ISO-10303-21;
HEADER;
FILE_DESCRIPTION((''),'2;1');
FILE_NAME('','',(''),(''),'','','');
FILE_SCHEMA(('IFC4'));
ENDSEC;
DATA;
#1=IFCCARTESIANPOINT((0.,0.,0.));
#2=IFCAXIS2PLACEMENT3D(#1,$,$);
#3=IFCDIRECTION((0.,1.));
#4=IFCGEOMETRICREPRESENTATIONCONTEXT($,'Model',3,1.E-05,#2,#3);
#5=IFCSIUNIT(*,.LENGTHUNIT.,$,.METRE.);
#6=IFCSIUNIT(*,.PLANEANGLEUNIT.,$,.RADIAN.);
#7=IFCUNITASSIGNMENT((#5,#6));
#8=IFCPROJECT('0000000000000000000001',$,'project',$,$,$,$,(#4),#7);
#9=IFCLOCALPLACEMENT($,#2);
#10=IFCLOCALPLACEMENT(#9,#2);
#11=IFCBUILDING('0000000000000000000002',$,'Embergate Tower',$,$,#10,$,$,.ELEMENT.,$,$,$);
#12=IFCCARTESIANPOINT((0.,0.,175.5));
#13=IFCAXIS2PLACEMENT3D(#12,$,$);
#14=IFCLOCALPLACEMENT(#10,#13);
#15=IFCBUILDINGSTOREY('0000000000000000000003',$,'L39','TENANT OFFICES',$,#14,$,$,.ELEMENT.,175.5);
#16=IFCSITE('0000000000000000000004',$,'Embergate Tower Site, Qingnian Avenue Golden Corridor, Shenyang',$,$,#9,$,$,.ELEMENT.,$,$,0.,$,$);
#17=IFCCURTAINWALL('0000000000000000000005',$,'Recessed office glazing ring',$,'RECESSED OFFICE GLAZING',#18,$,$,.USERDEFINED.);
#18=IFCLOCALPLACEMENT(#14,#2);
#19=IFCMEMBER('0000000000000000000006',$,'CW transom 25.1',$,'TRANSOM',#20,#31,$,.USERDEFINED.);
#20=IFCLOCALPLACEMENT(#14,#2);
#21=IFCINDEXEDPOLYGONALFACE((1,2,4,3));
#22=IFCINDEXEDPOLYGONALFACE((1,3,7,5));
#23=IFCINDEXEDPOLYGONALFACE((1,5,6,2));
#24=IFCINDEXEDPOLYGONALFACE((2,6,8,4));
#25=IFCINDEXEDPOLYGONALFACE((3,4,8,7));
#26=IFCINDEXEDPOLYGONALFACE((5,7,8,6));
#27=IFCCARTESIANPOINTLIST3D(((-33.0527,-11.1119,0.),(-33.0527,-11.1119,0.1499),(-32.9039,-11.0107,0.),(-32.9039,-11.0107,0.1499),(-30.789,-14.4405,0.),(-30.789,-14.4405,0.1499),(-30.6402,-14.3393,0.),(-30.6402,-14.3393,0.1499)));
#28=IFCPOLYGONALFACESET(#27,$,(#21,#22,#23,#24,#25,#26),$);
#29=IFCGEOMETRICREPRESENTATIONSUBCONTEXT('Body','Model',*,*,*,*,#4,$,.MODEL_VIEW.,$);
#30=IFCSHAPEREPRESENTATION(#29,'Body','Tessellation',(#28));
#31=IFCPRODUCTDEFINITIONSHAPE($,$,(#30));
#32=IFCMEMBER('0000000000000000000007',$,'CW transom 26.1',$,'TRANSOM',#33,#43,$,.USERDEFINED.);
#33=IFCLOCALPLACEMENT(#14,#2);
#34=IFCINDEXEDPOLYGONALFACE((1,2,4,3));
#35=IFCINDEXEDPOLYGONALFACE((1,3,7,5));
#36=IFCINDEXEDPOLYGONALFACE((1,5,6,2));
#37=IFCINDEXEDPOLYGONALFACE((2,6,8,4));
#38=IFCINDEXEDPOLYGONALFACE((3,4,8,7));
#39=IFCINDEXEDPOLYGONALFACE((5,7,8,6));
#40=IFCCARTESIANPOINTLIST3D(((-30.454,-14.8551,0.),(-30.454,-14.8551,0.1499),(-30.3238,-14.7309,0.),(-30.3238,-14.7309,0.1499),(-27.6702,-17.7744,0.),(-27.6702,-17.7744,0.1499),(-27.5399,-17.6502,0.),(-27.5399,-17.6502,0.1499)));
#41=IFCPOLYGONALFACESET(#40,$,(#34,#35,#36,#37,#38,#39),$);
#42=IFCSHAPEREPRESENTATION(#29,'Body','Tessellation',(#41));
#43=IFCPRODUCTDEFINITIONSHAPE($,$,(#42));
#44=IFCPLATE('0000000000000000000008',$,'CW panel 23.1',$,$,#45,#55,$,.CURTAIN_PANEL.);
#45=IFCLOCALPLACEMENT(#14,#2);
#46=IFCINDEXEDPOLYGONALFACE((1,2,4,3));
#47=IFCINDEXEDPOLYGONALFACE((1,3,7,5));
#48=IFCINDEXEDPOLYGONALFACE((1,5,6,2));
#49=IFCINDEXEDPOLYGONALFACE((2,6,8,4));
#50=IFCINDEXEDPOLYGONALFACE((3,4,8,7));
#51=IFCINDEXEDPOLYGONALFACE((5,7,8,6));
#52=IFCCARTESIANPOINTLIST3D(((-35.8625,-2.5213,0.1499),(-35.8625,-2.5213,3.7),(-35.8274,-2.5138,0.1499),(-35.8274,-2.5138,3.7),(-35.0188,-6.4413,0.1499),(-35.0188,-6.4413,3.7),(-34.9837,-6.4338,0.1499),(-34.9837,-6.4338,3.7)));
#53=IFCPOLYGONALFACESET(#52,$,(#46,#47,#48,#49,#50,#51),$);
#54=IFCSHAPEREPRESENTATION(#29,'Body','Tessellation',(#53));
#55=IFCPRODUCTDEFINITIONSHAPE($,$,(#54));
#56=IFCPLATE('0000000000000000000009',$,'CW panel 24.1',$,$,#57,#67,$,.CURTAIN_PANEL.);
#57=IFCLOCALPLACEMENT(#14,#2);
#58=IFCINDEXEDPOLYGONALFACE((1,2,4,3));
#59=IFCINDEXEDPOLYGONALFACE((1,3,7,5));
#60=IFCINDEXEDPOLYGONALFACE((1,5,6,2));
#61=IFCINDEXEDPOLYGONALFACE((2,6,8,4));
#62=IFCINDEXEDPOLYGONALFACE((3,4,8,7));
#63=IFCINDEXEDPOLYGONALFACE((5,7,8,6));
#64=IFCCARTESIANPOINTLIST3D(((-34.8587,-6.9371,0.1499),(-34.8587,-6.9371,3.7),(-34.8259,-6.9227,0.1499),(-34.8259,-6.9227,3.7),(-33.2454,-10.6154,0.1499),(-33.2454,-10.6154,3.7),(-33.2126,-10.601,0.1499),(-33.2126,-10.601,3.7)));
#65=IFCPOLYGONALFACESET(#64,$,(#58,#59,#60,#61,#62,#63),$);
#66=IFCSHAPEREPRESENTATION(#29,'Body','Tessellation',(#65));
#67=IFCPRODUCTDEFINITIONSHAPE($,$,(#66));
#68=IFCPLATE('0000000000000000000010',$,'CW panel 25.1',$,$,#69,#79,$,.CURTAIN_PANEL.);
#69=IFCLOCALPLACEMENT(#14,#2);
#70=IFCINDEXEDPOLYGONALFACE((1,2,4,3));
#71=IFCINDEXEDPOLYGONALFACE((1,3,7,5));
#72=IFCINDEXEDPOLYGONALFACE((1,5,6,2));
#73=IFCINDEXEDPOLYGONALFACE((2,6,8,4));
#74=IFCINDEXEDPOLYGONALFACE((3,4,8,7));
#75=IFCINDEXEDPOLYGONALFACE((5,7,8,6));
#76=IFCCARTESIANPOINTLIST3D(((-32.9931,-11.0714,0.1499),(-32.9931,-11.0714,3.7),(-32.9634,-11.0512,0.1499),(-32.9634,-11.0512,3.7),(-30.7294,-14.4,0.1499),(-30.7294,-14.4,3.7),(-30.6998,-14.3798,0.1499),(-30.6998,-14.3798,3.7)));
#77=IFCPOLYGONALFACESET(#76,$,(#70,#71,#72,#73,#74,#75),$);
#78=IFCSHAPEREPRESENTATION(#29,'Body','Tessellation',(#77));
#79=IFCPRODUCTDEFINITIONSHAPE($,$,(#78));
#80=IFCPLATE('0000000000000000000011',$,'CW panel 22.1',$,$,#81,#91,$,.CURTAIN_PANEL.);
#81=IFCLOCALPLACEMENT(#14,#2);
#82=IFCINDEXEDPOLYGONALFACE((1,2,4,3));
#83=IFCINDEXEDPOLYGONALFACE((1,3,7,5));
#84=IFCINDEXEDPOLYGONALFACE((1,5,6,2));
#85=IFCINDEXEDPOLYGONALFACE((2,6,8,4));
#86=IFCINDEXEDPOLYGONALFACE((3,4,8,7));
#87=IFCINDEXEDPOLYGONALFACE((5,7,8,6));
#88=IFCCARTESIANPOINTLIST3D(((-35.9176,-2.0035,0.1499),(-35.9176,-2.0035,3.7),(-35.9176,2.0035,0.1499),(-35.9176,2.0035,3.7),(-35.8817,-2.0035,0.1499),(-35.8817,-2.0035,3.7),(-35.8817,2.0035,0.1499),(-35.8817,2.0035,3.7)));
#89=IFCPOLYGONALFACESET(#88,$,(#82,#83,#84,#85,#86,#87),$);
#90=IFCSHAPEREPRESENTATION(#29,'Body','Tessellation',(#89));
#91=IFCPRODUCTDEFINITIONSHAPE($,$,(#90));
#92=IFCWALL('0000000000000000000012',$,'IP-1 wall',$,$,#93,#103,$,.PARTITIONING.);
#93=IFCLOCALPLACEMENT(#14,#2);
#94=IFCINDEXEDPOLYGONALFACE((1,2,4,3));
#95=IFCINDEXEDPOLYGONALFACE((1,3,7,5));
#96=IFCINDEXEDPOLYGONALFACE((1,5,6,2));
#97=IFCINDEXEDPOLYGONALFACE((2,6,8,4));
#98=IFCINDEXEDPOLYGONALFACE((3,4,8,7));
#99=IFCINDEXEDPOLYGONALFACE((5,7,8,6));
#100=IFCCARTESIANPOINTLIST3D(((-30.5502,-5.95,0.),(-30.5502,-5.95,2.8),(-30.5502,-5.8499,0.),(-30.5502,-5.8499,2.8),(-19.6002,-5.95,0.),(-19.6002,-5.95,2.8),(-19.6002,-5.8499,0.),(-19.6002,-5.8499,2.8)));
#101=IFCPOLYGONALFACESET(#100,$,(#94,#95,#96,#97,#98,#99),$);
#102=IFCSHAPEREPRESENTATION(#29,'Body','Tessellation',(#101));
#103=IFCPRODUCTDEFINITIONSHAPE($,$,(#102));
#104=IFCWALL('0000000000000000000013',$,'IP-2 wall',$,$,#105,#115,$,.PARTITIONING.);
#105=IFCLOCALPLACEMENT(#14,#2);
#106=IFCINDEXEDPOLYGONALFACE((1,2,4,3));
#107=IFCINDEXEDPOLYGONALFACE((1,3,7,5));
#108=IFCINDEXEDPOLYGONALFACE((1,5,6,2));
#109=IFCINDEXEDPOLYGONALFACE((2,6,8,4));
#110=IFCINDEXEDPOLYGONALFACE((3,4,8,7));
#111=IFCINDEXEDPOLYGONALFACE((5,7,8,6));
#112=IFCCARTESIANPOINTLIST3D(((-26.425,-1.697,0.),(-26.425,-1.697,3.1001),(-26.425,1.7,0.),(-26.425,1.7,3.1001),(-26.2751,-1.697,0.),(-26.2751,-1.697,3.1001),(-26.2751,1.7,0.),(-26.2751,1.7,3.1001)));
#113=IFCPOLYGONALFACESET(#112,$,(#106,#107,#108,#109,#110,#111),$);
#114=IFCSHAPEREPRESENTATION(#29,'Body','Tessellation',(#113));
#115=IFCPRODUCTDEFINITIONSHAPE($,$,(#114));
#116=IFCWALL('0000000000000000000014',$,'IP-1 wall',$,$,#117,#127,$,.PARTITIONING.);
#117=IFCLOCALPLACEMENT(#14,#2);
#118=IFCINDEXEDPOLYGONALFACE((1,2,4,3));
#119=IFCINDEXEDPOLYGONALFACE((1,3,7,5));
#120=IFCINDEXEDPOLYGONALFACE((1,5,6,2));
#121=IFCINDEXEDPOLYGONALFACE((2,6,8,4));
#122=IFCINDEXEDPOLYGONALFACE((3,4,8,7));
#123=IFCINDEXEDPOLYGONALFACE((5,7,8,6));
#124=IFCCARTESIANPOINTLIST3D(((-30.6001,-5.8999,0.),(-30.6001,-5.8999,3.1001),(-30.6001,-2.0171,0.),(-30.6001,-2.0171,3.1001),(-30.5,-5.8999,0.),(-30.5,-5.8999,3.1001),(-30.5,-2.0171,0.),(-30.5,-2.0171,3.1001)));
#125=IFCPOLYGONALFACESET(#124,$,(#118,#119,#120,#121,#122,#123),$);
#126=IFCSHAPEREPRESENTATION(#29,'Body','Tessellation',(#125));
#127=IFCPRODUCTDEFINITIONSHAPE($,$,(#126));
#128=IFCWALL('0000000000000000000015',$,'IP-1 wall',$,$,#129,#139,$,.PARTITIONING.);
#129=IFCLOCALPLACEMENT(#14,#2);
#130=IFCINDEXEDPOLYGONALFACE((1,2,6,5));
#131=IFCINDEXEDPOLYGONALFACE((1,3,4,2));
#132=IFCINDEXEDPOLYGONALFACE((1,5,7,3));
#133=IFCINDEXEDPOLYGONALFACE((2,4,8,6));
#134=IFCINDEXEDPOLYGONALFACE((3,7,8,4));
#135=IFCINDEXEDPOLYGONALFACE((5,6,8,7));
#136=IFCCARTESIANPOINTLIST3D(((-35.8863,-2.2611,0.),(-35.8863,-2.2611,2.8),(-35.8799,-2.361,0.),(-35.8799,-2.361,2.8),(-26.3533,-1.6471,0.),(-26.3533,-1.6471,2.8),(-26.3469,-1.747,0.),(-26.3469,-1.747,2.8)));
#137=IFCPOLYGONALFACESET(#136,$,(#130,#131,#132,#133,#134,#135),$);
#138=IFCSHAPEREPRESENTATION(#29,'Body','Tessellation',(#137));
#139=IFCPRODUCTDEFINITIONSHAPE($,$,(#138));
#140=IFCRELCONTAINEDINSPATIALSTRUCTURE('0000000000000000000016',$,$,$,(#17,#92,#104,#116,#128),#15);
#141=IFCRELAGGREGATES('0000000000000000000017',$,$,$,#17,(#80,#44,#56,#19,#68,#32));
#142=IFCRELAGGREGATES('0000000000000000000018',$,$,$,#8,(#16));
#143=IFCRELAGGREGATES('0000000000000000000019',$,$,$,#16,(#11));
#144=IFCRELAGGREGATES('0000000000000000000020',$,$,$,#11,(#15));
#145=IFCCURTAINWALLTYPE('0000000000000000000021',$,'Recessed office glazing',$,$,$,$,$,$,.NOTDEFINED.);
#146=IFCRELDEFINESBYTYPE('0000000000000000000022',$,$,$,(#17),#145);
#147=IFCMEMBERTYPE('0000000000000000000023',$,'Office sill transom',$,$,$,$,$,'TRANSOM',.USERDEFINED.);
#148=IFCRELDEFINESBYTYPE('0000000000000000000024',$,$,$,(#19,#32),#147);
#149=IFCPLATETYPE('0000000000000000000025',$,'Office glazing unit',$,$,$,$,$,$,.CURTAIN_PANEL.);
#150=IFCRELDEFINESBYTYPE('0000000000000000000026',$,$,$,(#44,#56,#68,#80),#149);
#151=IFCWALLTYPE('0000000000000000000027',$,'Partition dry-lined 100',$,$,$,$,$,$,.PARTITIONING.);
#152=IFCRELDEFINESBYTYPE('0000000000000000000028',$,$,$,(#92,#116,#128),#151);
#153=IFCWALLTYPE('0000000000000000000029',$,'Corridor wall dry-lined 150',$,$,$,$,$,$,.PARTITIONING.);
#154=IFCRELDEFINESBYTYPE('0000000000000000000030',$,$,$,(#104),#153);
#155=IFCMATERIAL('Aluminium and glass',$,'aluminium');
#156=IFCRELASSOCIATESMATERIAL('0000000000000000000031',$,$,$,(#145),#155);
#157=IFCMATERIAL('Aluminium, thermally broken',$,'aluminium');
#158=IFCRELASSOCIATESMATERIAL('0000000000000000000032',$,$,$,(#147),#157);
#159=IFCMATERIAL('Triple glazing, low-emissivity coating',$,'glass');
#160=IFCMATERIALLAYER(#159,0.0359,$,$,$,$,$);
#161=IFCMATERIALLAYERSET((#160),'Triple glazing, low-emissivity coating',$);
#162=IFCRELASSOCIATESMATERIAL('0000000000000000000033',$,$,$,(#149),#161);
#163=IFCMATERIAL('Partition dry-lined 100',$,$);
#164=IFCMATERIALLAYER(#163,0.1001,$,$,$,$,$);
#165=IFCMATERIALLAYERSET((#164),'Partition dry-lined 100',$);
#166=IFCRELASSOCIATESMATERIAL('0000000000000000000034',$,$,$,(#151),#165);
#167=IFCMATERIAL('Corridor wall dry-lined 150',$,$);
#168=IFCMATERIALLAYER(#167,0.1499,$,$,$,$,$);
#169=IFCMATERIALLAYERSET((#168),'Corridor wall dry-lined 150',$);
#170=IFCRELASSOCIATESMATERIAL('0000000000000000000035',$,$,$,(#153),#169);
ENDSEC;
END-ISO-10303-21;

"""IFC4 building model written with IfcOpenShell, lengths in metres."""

from ifc_helpers import new_model, si_unit, direction, frame, frame_2d, origin, origin_2d, place, context, subcontext, project, spatial, rectangle, extrude, source, transform, mapped, material, layer, layer_set, material_profile, profile_set, type_object, element, aggregate, save


model = new_model("IFC4")

# Units and contexts
model_context = context("Model", 3, precision=1e-05, world=origin(), true_north=direction((0.0, 1.0)))
body_context = subcontext(model_context, "Body", "Model", "MODEL_VIEW")
ifc_project = project(units=[si_unit("LENGTHUNIT", "METRE"), si_unit("PLANEANGLEUNIT", "RADIAN")], contexts=[model_context])

# Site, building, storey
site_placement = place(None, origin())
site = spatial("IfcSite", under=ifc_project, at=site_placement, Name="Embergate Tower Site, Qingnian Avenue Golden Corridor, Shenyang", CompositionType="ELEMENT", RefElevation=0.0)
building_placement = place(site_placement, origin())
building = spatial("IfcBuilding", under=site, at=building_placement, Name="Embergate Tower", CompositionType="ELEMENT")
storey_placement = place(building_placement, frame((0.0, 0.0, 175.5)))
storey = spatial("IfcBuildingStorey", under=building, at=storey_placement, Name="L39", Description="TENANT OFFICES", CompositionType="ELEMENT", Elevation=175.5)

# Curtain wall, members, plates
ifc_material_1 = material(Name="Aluminium and glass", Category="aluminium")
curtain_wall_type = type_object("IfcCurtainWallType", Name="Recessed office glazing", PredefinedType="NOTDEFINED", material=ifc_material_1)
curtain_wall_placement = place(storey_placement, origin())
curtain_wall = element("IfcCurtainWall", 1, at=curtain_wall_placement, inside=storey, type_object=curtain_wall_type, Name="Recessed office glazing ring", ObjectType="RECESSED OFFICE GLAZING", PredefinedType="USERDEFINED")
ifc_material_2 = material(Name="Aluminium, thermally broken", Category="aluminium")
ifc_material_profile_1 = material_profile(ifc_material_2, rectangle(XDim=0.1799, YDim=0.1499, at=origin_2d()), Name="AL 150x180")
ifc_profile_set_1 = profile_set([ifc_material_profile_1], Name="Aluminium, thermally broken")
member_type_1 = type_object("IfcMemberType", Name="Office sill transom", ElementType="TRANSOM", PredefinedType="USERDEFINED", material=ifc_profile_set_1)
shared_shape_1 = source(origin(), body_context, "Body", "SweptSolid", [
    extrude(rectangle(XDim=0.1799, YDim=0.1499, at=origin_2d()), origin(), (0.0, 0.0, 1.0), 4.0254),
])
member_1_placement = place(storey_placement, frame((-32.9783, -11.0613, 0.075), z_axis=(0.562347, -0.826902, 0.0), x_axis=(0.826902, 0.562347, 0.0)))
member_1 = element("IfcMember", 2, at=member_1_placement, type_object=member_type_1, Name="CW transom 25.1", ObjectType="TRANSOM", PredefinedType="USERDEFINED", context=body_context, shape_type="MappedRepresentation", body=[
    mapped(shared_shape_1, transform((0.0, 0.0, 0.0))),
])
shared_shape_2 = source(origin(), body_context, "Body", "SweptSolid", [
    extrude(rectangle(XDim=0.1799, YDim=0.1499, at=origin_2d()), origin(), (0.0, 0.0, 1.0), 4.0339),
])
member_2_placement = place(storey_placement, frame((-30.3889, -14.793, 0.075), z_axis=(0.690113, -0.723702, 0.0), x_axis=(0.723702, 0.690113, 0.0)))
member_2 = element("IfcMember", 3, at=member_2_placement, type_object=member_type_1, Name="CW transom 26.1", ObjectType="TRANSOM", PredefinedType="USERDEFINED", context=body_context, shape_type="MappedRepresentation", body=[
    mapped(shared_shape_2, transform((0.0, 0.0, 0.0))),
])
ifc_material_3 = material(Name="Triple glazing, low-emissivity coating", Category="glass")
ifc_layer_1 = layer(ifc_material_3, 0.0359)
ifc_layer_set_1 = layer_set([ifc_layer_1], Name="Triple glazing, low-emissivity coating")
plate_type = type_object("IfcPlateType", Name="Office glazing unit", PredefinedType="CURTAIN_PANEL", material=ifc_layer_set_1)
shared_shape_3 = source(origin(), body_context, "Body", "SweptSolid", [
    extrude(rectangle(XDim=4.0098, YDim=0.0359, at=origin_2d()), origin(), (0.0, 0.0, 1.0), 3.55),
])
plate_1_placement = place(storey_placement, frame((-35.4231, -4.4775, 0.1499), z_axis=(0.0, 0.0, 1.0), x_axis=(0.210402, -0.977615, 0.0)))
plate_1 = element("IfcPlate", 4, at=plate_1_placement, type_object=plate_type, Name="CW panel 23.1", PredefinedType="CURTAIN_PANEL", context=body_context, shape_type="MappedRepresentation", body=[
    mapped(shared_shape_3, transform((0.0, 0.0, 0.0))),
])
shared_shape_4 = source(origin(), body_context, "Body", "SweptSolid", [
    extrude(rectangle(XDim=4.0166, YDim=0.0359, at=origin_2d()), origin(), (0.0, 0.0, 1.0), 3.55),
])
plate_2_placement = place(storey_placement, frame((-34.0356, -8.769, 0.1499), z_axis=(0.0, 0.0, 1.0), x_axis=(0.401658, -0.91579, 0.0)))
plate_2 = element("IfcPlate", 5, at=plate_2_placement, type_object=plate_type, Name="CW panel 24.1", PredefinedType="CURTAIN_PANEL", context=body_context, shape_type="MappedRepresentation", body=[
    mapped(shared_shape_4, transform((0.0, 0.0, 0.0))),
])
shared_shape_5 = source(origin(), body_context, "Body", "SweptSolid", [
    extrude(rectangle(XDim=4.0254, YDim=0.0359, at=origin_2d()), origin(), (0.0, 0.0, 1.0), 3.55),
])
plate_3_placement = place(storey_placement, frame((-31.8464, -12.7256, 0.1499), z_axis=(0.0, 0.0, 1.0), x_axis=(0.562348, -0.826901, 0.0)))
plate_3 = element("IfcPlate", 6, at=plate_3_placement, type_object=plate_type, Name="CW panel 25.1", PredefinedType="CURTAIN_PANEL", context=body_context, shape_type="MappedRepresentation", body=[
    mapped(shared_shape_5, transform((0.0, 0.0, 0.0))),
])
shared_shape_6 = source(origin(), body_context, "Body", "SweptSolid", [
    extrude(rectangle(XDim=4.0071, YDim=0.0359, at=origin_2d()), origin(), (0.0, 0.0, 1.0), 3.55),
])
plate_4_placement = place(storey_placement, frame((-35.8997, 0.0, 0.1499), z_axis=(0.0, 0.0, 1.0), x_axis=(0.0, -1.0, 0.0)))
plate_4 = element("IfcPlate", 7, at=plate_4_placement, type_object=plate_type, Name="CW panel 22.1", PredefinedType="CURTAIN_PANEL", context=body_context, shape_type="MappedRepresentation", body=[
    mapped(shared_shape_6, transform((0.0, 0.0, 0.0))),
])
aggregate(curtain_wall, [plate_4, plate_1, plate_2, member_1, plate_3, member_2])

# Walls
ifc_material_4 = material(Name="Partition dry-lined 100")
ifc_layer_2 = layer(ifc_material_4, 0.1001)
ifc_layer_set_2 = layer_set([ifc_layer_2], Name="Partition dry-lined 100")
wall_type_1 = type_object("IfcWallType", Name="Partition dry-lined 100", PredefinedType="PARTITIONING", material=ifc_layer_set_2)
shared_shape_7 = source(origin(), body_context, "Body", "SweptSolid", [
    extrude(rectangle(XDim=10.95, YDim=0.1001, at=frame_2d((5.4751, 0.0))), origin(), (0.0, 0.0, 1.0), 2.8),
])
wall_1_placement = place(storey_placement, frame((-19.6001, -5.8999, 0.0), z_axis=(0.0, 0.0, 1.0), x_axis=(-1.0, 0.0, 0.0)))
element("IfcWall", 8, at=wall_1_placement, inside=storey, type_object=wall_type_1, Name="IP-1 wall", PredefinedType="PARTITIONING", context=body_context, shape_type="MappedRepresentation", body=[
    mapped(shared_shape_7, transform((0.0, 0.0, 0.0))),
])
ifc_material_5 = material(Name="Corridor wall dry-lined 150")
ifc_layer_3 = layer(ifc_material_5, 0.1499)
ifc_layer_set_3 = layer_set([ifc_layer_3], Name="Corridor wall dry-lined 150")
wall_type_2 = type_object("IfcWallType", Name="Corridor wall dry-lined 150", PredefinedType="PARTITIONING", material=ifc_layer_set_3)
shared_shape_8 = source(origin(), body_context, "Body", "SweptSolid", [
    extrude(rectangle(XDim=3.397, YDim=0.1499, at=frame_2d((1.6985, 0.0))), origin(), (0.0, 0.0, 1.0), 3.1001),
])
wall_2_placement = place(storey_placement, frame((-26.3501, -1.697, 0.0), z_axis=(0.0, 0.0, 1.0), x_axis=(0.0, 1.0, 0.0)))
element("IfcWall", 9, at=wall_2_placement, inside=storey, type_object=wall_type_2, Name="IP-2 wall", PredefinedType="PARTITIONING", context=body_context, shape_type="MappedRepresentation", body=[
    mapped(shared_shape_8, transform((0.0, 0.0, 0.0))),
])
shared_shape_9 = source(origin(), body_context, "Body", "SweptSolid", [
    extrude(rectangle(XDim=3.8828, YDim=0.1001, at=frame_2d((1.9414, 0.0))), origin(), (0.0, 0.0, 1.0), 3.1001),
])
wall_3_placement = place(storey_placement, frame((-30.55, -5.8999, 0.0), z_axis=(0.0, 0.0, 1.0), x_axis=(0.0, 1.0, 0.0)))
element("IfcWall", 10, at=wall_3_placement, inside=storey, type_object=wall_type_1, Name="IP-1 wall", PredefinedType="PARTITIONING", context=body_context, shape_type="MappedRepresentation", body=[
    mapped(shared_shape_9, transform((0.0, 0.0, 0.0))),
])
shared_shape_10 = source(origin(), body_context, "Body", "SweptSolid", [
    extrude(rectangle(XDim=9.5527, YDim=0.1001, at=frame_2d((4.7764, 0.0))), origin(), (0.0, 0.0, 1.0), 2.8),
])
wall_4_placement = place(storey_placement, frame((-26.3501, -1.697, 0.0), z_axis=(0.0, 0.0, 1.0), x_axis=(-0.997932, -0.064276, 0.0)))
element("IfcWall", 11, at=wall_4_placement, inside=storey, type_object=wall_type_1, Name="IP-1 wall", PredefinedType="PARTITIONING", context=body_context, shape_type="MappedRepresentation", body=[
    mapped(shared_shape_10, transform((0.0, 0.0, 0.0))),
])

save(model, "model.ifc")
